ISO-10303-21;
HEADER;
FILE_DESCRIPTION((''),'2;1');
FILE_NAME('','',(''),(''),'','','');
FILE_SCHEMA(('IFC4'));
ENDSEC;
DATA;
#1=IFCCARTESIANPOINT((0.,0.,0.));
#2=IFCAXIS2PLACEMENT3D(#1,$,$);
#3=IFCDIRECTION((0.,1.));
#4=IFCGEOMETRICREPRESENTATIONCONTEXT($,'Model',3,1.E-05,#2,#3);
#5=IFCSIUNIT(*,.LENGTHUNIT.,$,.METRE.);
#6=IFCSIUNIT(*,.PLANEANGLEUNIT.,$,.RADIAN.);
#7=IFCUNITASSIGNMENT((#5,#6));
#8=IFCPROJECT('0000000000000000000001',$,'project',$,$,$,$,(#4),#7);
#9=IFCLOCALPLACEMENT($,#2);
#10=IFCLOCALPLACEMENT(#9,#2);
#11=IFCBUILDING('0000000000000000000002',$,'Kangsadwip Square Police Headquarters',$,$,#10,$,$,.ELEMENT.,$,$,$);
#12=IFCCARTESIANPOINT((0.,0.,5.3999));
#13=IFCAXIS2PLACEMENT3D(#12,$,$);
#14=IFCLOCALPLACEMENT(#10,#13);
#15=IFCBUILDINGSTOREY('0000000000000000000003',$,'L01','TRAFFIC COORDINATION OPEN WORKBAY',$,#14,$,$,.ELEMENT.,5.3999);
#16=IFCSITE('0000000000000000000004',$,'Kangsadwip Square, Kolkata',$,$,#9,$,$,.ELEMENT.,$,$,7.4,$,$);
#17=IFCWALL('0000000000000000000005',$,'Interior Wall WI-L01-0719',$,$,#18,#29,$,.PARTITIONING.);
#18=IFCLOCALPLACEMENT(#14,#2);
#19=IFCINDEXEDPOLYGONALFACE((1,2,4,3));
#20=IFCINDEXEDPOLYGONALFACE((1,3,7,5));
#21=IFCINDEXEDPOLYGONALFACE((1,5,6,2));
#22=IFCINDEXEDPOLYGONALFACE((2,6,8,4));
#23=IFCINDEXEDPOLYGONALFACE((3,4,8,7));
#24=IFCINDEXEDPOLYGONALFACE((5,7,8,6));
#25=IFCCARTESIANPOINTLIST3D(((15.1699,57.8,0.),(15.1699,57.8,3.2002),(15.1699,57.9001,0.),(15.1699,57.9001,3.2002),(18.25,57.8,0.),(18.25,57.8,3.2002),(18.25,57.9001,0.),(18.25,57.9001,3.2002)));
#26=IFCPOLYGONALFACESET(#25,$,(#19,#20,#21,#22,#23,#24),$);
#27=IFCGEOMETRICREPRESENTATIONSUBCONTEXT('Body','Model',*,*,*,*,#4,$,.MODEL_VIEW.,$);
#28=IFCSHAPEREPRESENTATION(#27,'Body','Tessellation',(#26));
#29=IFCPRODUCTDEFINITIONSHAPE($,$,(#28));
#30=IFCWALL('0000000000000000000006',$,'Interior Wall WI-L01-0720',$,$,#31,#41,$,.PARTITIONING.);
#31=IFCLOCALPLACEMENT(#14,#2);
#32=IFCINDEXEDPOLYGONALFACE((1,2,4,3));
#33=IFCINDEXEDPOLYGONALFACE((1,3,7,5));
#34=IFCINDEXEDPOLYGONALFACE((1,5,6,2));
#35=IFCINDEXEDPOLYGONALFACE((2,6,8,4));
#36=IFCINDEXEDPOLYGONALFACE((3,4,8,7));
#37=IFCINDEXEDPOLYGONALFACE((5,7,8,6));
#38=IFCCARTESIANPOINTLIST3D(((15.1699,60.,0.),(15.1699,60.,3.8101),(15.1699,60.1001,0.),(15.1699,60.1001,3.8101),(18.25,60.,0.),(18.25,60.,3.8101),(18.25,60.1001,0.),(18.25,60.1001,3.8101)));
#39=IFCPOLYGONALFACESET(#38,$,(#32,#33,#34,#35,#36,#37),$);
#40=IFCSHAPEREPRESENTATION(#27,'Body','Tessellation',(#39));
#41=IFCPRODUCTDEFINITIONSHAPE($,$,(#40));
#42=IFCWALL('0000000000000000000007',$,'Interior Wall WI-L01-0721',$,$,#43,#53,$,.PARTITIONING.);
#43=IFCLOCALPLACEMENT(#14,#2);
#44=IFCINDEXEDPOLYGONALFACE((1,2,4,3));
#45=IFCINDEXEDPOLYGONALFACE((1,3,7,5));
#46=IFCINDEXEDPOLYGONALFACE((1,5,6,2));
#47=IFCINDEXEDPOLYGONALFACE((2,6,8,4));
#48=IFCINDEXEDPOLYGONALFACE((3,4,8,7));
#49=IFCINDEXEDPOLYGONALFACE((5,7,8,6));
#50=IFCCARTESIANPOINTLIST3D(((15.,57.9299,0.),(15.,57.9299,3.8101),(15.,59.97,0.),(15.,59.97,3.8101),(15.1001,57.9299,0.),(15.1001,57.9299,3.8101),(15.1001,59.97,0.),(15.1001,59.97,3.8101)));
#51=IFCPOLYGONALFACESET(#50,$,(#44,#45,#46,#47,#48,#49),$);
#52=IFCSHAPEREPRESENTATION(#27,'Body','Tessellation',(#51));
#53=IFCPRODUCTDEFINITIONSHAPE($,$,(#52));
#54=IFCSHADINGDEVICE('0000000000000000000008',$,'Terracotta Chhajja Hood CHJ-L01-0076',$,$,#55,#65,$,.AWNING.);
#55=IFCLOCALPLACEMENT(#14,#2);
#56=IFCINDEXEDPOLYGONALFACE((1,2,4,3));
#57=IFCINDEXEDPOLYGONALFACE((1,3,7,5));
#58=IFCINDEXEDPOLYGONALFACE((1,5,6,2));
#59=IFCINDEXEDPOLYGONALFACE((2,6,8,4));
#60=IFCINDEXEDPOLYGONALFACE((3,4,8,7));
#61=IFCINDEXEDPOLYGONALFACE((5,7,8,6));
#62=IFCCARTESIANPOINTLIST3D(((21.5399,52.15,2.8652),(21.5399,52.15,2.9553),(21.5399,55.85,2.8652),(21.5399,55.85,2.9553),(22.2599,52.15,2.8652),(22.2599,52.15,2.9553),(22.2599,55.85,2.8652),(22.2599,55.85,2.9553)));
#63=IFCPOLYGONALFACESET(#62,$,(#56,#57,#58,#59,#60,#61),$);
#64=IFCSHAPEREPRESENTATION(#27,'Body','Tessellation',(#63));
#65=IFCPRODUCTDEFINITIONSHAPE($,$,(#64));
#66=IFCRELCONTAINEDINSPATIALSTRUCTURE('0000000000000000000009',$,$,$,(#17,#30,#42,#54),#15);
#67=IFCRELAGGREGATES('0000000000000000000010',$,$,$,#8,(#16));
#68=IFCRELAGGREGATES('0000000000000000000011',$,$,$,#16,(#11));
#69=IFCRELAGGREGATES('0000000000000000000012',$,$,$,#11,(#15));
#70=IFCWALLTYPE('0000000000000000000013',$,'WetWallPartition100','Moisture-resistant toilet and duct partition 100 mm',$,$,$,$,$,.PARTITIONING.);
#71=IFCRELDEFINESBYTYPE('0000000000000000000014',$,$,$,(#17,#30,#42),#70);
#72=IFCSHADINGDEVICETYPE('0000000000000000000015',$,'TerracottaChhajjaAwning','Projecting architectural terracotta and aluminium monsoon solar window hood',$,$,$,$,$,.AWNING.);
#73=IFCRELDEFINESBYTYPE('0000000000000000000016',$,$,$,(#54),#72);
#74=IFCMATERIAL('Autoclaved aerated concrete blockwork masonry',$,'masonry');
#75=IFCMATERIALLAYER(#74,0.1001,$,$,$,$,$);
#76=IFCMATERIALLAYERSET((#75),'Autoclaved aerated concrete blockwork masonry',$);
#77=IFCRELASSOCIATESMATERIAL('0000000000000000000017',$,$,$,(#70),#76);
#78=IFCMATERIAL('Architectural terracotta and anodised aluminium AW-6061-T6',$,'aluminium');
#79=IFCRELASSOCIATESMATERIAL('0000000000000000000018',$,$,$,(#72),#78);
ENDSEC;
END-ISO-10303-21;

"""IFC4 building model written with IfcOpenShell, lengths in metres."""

from ifc_helpers import new_model, si_unit, direction, frame, frame_2d, origin, origin_2d, place, context, subcontext, project, spatial, rectangle, extrude, material, layer, layer_set, type_object, element, save


model = new_model("IFC4")

# Units and contexts
model_context = context("Model", 3, precision=1e-05, world=origin(), true_north=direction((0.0, 1.0)))
body_context = subcontext(model_context, "Body", "Model", "MODEL_VIEW")
ifc_project = project(units=[si_unit("LENGTHUNIT", "METRE"), si_unit("PLANEANGLEUNIT", "RADIAN")], contexts=[model_context])

# Site, building, storey
site_placement = place(None, origin())
site = spatial("IfcSite", under=ifc_project, at=site_placement, Name="Kangsadwip Square, Kolkata", CompositionType="ELEMENT", RefElevation=7.4)
building_placement = place(site_placement, origin())
building = spatial("IfcBuilding", under=site, at=building_placement, Name="Kangsadwip Square Police Headquarters", CompositionType="ELEMENT")
storey_placement = place(building_placement, frame((0.0, 0.0, 5.3999)))
storey = spatial("IfcBuildingStorey", under=building, at=storey_placement, Name="L01", Description="TRAFFIC COORDINATION OPEN WORKBAY", CompositionType="ELEMENT", Elevation=5.3999)

# Shared definitions
ifc_material_1 = material(Name="Autoclaved aerated concrete blockwork masonry", Category="masonry")
ifc_layer_1 = layer(ifc_material_1, 0.1001)
ifc_layer_set_1 = layer_set([ifc_layer_1], Name="Autoclaved aerated concrete blockwork masonry")
wall_type_1 = type_object("IfcWallType", Name="WetWallPartition100", Description="Moisture-resistant toilet and duct partition 100 mm", PredefinedType="PARTITIONING", material=ifc_layer_set_1)

# Walls
wall_1_placement = place(storey_placement, frame((15.1699, 57.8501, 0.0), z_axis=(0.0, 0.0, 1.0), x_axis=(1.0, 0.0, 0.0)))
element("IfcWall", 1, at=wall_1_placement, inside=storey, type_object=wall_type_1, Name="Interior Wall WI-L01-0719", PredefinedType="PARTITIONING", context=body_context, shape_type="SweptSolid", body=[
    extrude(rectangle(XDim=3.0801, YDim=0.1001, at=frame_2d((1.54, 0.0))), origin(), (0.0, 0.0, 1.0), 3.2002),
])
wall_2_placement = place(storey_placement, frame((15.1699, 60.05, 0.0), z_axis=(0.0, 0.0, 1.0), x_axis=(1.0, 0.0, 0.0)))
element("IfcWall", 2, at=wall_2_placement, inside=storey, type_object=wall_type_1, Name="Interior Wall WI-L01-0720", PredefinedType="PARTITIONING", context=body_context, shape_type="SweptSolid", body=[
    extrude(rectangle(XDim=3.0801, YDim=0.1001, at=frame_2d((1.54, 0.0))), origin(), (0.0, 0.0, 1.0), 3.8101),
])
wall_3_placement = place(storey_placement, frame((15.05, 57.9299, 0.0), z_axis=(0.0, 0.0, 1.0), x_axis=(0.0, 1.0, 0.0)))
element("IfcWall", 3, at=wall_3_placement, inside=storey, type_object=wall_type_1, Name="Interior Wall WI-L01-0721", PredefinedType="PARTITIONING", context=body_context, shape_type="SweptSolid", body=[
    extrude(rectangle(XDim=2.04, YDim=0.1001, at=frame_2d((1.02, 0.0))), origin(), (0.0, 0.0, 1.0), 3.8101),
])

# Shading device
ifc_material_2 = material(Name="Architectural terracotta and anodised aluminium AW-6061-T6", Category="aluminium")
shading_device_type = type_object("IfcShadingDeviceType", Name="TerracottaChhajjaAwning", Description="Projecting architectural terracotta and aluminium monsoon solar window hood", PredefinedType="AWNING", material=ifc_material_2)
shading_device_placement = place(storey_placement, frame((21.8999, 54.0, 2.8652), z_axis=(0.0, 0.0, 1.0), x_axis=(0.0, 1.0, 0.0)))
element("IfcShadingDevice", 4, at=shading_device_placement, inside=storey, type_object=shading_device_type, Name="Terracotta Chhajja Hood CHJ-L01-0076", PredefinedType="AWNING", context=body_context, shape_type="SweptSolid", body=[
    extrude(rectangle(XDim=3.7, YDim=0.72, at=origin_2d()), origin(), (0.0, 0.0, 1.0), 0.0901),
])

save(model, "model.ifc")
